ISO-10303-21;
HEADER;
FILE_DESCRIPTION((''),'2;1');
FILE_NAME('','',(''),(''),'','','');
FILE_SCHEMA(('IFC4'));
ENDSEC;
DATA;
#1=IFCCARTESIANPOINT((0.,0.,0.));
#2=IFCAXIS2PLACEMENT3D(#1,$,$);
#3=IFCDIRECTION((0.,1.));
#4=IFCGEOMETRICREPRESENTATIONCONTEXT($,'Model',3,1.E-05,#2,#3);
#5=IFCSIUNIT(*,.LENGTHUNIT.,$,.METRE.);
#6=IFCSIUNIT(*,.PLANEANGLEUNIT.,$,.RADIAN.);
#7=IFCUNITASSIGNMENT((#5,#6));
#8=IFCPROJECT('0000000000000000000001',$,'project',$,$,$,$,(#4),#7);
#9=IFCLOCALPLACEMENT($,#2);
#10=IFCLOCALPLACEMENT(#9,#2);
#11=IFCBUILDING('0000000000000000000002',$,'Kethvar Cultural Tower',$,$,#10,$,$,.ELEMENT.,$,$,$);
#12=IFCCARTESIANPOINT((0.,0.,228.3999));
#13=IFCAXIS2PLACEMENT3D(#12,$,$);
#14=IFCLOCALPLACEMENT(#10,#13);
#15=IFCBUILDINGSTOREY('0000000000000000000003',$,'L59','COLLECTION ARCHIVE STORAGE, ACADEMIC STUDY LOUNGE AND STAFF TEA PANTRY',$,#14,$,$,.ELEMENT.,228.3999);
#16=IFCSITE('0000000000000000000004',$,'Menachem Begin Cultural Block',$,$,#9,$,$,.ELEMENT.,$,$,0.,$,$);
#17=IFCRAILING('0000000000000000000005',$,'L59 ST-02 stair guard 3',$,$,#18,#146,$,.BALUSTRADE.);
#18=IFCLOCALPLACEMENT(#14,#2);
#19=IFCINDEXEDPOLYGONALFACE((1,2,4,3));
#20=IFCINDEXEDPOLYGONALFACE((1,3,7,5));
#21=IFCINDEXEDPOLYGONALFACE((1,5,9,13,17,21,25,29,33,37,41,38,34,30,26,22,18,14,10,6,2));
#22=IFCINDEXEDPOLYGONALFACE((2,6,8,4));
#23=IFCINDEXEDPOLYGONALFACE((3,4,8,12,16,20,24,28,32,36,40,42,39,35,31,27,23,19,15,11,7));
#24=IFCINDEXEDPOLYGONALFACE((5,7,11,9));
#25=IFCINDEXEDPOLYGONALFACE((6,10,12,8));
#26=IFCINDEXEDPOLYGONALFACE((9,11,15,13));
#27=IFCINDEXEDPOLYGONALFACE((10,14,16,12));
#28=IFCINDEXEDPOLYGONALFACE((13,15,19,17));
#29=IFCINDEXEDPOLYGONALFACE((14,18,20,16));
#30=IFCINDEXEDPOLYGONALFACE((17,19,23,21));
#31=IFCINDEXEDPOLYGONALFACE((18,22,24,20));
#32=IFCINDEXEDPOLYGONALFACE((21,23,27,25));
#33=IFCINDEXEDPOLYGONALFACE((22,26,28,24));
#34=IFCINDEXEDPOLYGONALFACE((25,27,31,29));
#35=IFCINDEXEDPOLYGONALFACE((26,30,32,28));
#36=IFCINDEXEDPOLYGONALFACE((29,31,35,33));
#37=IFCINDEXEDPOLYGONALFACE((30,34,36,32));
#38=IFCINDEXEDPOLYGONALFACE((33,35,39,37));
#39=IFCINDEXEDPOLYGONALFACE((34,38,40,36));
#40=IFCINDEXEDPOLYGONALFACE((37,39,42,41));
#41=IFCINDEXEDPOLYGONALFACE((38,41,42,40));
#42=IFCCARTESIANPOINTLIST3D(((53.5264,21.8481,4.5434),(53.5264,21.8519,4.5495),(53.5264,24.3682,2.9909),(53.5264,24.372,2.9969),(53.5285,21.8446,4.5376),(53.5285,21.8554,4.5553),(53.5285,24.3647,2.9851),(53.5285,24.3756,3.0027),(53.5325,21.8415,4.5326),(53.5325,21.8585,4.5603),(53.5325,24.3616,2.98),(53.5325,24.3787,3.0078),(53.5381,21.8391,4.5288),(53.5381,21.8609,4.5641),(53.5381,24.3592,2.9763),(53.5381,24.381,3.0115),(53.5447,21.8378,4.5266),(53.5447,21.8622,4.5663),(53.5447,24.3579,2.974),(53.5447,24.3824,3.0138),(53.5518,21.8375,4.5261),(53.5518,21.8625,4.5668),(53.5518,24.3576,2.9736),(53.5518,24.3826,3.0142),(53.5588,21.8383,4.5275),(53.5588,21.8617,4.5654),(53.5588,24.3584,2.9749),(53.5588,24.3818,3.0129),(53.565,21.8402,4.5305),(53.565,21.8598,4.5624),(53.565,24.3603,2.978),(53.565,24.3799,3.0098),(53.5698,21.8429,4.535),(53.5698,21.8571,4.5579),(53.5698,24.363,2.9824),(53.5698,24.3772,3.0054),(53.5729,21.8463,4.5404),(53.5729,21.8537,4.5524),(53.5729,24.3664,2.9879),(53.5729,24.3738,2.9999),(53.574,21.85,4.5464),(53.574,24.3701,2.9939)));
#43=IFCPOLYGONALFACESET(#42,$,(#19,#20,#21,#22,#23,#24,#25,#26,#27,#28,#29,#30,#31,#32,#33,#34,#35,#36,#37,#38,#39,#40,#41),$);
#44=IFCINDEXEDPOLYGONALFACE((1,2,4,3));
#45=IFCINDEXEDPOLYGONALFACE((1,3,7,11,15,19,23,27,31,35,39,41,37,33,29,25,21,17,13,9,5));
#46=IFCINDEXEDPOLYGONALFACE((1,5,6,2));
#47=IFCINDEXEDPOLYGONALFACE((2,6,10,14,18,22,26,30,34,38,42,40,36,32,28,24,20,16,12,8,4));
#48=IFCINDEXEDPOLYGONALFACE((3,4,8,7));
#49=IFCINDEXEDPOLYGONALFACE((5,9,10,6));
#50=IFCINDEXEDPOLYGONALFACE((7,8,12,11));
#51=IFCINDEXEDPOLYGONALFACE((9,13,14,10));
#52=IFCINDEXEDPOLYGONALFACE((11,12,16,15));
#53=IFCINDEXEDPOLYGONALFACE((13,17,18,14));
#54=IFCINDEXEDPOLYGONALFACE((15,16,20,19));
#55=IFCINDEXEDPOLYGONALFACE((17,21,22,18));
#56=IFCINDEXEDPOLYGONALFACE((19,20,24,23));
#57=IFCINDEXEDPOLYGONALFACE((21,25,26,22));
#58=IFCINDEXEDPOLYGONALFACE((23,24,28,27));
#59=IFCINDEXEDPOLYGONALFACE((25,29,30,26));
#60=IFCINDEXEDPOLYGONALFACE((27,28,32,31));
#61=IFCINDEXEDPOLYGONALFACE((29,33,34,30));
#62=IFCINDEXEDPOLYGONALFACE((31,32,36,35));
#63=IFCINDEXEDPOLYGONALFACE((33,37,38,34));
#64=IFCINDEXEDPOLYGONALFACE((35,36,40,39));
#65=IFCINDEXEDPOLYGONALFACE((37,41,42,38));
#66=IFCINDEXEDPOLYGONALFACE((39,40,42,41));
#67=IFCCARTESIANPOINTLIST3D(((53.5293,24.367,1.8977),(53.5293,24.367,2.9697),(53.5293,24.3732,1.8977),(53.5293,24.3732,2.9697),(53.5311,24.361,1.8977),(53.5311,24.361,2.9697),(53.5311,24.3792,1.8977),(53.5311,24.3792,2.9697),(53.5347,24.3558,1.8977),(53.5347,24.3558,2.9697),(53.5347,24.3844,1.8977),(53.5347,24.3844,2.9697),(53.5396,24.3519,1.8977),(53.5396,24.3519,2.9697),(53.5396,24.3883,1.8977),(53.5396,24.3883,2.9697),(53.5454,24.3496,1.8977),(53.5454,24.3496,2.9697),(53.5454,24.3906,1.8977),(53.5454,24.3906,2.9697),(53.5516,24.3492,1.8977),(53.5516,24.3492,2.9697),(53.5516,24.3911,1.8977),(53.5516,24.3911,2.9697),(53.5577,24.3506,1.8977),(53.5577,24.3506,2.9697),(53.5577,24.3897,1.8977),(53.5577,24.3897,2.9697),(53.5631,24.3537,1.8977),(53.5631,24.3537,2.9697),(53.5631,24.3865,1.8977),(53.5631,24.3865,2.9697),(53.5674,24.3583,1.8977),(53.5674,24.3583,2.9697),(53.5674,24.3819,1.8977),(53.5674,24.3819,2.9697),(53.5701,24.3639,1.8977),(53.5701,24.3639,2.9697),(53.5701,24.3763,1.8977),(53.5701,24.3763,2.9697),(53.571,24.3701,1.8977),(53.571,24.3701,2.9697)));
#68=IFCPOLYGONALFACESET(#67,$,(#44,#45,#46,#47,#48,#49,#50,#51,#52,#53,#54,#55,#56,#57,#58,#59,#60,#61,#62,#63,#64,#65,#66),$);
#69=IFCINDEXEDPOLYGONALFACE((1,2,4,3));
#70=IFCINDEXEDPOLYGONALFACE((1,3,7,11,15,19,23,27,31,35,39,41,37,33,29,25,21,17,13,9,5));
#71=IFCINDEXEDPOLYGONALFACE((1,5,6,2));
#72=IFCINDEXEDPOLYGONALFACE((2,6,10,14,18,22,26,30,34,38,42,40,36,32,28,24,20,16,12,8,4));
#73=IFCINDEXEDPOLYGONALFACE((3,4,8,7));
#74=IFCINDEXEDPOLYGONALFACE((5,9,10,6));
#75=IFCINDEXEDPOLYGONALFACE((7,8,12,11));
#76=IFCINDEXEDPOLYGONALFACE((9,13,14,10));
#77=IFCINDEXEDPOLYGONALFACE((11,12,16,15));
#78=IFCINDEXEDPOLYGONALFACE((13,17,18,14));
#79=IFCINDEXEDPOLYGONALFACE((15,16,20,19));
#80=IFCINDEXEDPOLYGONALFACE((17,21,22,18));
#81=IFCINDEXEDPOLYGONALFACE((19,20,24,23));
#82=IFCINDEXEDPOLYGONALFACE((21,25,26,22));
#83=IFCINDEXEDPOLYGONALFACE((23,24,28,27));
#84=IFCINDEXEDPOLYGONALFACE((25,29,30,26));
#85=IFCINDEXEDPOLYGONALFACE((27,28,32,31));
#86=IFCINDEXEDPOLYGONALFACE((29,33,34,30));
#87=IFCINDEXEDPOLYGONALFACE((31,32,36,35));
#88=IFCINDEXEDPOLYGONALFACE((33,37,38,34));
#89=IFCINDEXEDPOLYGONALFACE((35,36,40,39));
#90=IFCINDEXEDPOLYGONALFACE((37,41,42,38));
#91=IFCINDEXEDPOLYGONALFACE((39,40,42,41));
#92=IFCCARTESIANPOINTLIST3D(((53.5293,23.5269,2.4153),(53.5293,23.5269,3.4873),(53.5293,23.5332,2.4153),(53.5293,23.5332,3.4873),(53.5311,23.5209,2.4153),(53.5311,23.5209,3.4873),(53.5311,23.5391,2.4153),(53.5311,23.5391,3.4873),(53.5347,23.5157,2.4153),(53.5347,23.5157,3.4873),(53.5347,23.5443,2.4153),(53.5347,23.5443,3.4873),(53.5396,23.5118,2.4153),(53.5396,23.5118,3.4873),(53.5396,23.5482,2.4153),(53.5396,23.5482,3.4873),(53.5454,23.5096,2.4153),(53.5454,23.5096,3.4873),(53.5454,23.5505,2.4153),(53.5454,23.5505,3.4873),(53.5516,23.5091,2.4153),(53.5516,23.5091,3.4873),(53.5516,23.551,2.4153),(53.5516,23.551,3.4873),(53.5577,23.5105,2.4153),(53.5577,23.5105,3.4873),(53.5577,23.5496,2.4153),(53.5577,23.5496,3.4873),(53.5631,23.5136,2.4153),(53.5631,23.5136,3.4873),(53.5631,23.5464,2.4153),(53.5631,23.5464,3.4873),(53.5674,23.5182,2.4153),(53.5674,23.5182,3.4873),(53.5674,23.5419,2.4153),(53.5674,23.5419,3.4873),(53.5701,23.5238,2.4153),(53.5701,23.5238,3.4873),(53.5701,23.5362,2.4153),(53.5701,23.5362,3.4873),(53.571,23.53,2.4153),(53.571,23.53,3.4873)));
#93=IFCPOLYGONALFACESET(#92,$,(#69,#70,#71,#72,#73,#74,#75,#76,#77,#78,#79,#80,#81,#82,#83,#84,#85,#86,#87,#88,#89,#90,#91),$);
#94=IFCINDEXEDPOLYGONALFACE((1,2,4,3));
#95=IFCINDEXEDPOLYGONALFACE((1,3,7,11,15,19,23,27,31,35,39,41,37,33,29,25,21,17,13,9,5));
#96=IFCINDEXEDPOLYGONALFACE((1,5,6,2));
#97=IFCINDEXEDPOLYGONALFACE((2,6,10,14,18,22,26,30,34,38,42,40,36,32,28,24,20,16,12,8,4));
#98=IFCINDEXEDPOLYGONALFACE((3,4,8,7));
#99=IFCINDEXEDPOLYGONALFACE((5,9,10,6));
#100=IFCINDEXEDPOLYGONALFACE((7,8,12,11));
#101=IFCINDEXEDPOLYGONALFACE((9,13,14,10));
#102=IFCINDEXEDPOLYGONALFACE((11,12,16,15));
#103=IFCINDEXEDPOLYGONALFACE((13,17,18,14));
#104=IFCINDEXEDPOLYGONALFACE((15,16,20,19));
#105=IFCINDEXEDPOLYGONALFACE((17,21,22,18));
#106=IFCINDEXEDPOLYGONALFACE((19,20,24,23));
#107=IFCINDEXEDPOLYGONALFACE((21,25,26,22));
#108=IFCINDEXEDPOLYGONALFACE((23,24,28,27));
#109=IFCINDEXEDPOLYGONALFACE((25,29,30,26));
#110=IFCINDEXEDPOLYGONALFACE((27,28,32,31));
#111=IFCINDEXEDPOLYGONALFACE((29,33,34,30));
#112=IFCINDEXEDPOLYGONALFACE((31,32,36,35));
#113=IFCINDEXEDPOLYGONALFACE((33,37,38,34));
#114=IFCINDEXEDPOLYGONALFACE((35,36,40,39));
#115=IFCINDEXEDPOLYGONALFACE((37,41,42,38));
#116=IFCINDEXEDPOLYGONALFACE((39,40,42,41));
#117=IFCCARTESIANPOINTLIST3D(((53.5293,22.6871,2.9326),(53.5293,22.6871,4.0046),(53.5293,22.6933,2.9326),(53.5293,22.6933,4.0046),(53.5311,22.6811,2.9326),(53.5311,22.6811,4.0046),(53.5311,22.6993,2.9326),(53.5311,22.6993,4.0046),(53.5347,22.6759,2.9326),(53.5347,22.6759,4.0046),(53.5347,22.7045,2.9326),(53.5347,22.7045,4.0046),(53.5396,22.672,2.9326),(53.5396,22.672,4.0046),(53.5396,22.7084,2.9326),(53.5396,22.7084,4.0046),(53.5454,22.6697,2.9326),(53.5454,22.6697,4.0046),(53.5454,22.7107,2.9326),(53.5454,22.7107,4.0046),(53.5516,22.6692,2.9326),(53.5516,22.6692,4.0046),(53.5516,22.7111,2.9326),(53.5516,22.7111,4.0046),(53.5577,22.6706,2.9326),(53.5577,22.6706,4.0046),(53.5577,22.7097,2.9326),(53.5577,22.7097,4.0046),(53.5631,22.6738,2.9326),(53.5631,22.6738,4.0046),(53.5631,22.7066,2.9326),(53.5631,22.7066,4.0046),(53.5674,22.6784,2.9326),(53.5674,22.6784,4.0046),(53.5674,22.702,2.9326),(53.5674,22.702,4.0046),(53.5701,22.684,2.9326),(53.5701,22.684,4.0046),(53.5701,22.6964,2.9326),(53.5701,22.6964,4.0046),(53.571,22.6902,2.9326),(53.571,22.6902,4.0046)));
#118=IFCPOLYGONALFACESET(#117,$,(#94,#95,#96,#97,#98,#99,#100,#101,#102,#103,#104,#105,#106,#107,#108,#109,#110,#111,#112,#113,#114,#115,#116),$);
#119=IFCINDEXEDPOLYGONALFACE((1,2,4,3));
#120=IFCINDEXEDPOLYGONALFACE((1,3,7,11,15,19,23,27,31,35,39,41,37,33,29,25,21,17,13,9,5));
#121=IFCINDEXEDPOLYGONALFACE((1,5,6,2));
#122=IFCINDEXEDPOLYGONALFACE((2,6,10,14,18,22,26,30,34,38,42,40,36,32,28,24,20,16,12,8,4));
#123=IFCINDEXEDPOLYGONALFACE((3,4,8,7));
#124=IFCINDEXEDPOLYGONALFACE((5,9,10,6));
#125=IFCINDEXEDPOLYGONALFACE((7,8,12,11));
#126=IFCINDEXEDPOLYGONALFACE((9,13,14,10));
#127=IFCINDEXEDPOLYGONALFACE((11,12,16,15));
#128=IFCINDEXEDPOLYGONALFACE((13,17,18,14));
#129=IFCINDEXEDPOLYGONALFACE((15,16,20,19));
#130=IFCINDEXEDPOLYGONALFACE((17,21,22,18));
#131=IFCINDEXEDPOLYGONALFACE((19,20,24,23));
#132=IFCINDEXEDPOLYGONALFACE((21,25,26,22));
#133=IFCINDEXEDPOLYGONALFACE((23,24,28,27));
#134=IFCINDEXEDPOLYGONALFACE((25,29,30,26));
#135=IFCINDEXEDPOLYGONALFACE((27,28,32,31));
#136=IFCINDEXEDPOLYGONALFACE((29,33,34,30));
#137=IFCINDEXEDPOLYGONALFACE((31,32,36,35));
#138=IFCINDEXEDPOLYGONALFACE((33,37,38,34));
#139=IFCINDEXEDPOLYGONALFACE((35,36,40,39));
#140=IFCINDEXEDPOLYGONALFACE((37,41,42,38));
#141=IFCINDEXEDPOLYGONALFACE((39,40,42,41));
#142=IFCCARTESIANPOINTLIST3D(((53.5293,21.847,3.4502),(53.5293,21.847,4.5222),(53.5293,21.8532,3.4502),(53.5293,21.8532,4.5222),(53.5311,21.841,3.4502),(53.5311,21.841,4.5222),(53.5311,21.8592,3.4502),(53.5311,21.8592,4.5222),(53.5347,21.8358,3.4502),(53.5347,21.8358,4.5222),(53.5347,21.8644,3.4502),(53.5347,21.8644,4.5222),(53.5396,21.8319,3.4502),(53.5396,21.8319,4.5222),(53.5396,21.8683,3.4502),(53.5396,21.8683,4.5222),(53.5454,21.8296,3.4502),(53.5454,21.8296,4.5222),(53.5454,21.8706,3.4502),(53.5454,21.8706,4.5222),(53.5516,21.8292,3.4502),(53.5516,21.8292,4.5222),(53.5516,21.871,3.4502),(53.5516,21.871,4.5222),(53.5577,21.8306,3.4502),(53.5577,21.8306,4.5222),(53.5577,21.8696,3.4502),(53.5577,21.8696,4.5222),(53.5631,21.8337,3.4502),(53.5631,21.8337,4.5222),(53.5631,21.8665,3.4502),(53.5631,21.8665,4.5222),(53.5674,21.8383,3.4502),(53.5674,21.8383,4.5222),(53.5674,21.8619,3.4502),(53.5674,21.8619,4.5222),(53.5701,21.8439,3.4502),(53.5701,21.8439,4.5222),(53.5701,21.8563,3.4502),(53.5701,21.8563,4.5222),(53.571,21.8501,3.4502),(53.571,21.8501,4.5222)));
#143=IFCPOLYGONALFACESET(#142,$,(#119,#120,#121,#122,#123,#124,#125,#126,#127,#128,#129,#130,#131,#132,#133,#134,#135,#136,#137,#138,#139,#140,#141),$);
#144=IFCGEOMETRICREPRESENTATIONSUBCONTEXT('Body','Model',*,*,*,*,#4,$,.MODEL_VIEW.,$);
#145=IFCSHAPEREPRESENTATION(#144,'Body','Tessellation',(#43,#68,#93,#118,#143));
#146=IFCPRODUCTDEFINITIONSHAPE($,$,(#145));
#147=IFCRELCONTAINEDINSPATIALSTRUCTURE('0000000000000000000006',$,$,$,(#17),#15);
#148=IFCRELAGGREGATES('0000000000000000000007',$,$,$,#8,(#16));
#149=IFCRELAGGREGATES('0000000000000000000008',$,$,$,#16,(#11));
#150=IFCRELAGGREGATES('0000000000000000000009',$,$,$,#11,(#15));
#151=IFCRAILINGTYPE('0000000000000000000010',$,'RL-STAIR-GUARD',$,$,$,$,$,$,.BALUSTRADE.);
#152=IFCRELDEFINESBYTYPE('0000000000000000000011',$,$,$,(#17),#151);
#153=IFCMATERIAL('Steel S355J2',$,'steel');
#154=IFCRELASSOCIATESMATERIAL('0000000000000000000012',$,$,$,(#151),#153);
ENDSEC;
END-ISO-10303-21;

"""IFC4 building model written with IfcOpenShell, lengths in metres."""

from ifc_helpers import new_model, si_unit, direction, frame, origin, origin_2d, place, context, subcontext, project, spatial, circle, extrude, material, type_object, element, save


model = new_model("IFC4")

# Units and contexts
model_context = context("Model", 3, precision=1e-05, world=origin(), true_north=direction((0.0, 1.0)))
body_context = subcontext(model_context, "Body", "Model", "MODEL_VIEW")
ifc_project = project(units=[si_unit("LENGTHUNIT", "METRE"), si_unit("PLANEANGLEUNIT", "RADIAN")], contexts=[model_context])

# Site, building, storey
site_placement = place(None, origin())
site = spatial("IfcSite", under=ifc_project, at=site_placement, Name="Menachem Begin Cultural Block", CompositionType="ELEMENT", RefElevation=0.0)
building_placement = place(site_placement, origin())
building = spatial("IfcBuilding", under=site, at=building_placement, Name="Kethvar Cultural Tower", CompositionType="ELEMENT")
storey_placement = place(building_placement, frame((0.0, 0.0, 228.3999)))
storey = spatial("IfcBuildingStorey", under=building, at=storey_placement, Name="L59", Description="COLLECTION ARCHIVE STORAGE, ACADEMIC STUDY LOUNGE AND STAFF TEA PANTRY", CompositionType="ELEMENT", Elevation=228.3999)

# Shared definitions
ifc_material_1 = material(Name="Steel S355J2", Category="steel")

# Railing
railing_type_1 = type_object("IfcRailingType", Name="RL-STAIR-GUARD", PredefinedType="BALUSTRADE", material=ifc_material_1)
railing_1_placement = place(storey_placement, frame((53.55, 24.3701, 1.8977)))
element("IfcRailing", 1, at=railing_1_placement, inside=storey, type_object=railing_type_1, Name="L59 ST-02 stair guard 3", PredefinedType="BALUSTRADE", context=body_context, shape_type="SweptSolid", body=[
    extrude(circle(Radius=0.0239, at=origin_2d()), frame((0.0, 0.0, 1.0962), z_axis=(0.0, -0.8514, 0.524516), x_axis=(1.0, 0.0, 0.0)), (0.0, 0.0, 1.0), 2.96),
    extrude(circle(Radius=0.021, at=origin_2d()), origin(), (0.0, 0.0, 1.0), 1.072),
    extrude(circle(Radius=0.021, at=origin_2d()), frame((0.0, -0.8401, 0.5176)), (0.0, 0.0, 1.0), 1.072),
    extrude(circle(Radius=0.021, at=origin_2d()), frame((0.0, -1.6799, 1.0349)), (0.0, 0.0, 1.0), 1.072),
    extrude(circle(Radius=0.021, at=origin_2d()), frame((0.0, -2.52, 1.5525)), (0.0, 0.0, 1.0), 1.072),
])

save(model, "model.ifc")
